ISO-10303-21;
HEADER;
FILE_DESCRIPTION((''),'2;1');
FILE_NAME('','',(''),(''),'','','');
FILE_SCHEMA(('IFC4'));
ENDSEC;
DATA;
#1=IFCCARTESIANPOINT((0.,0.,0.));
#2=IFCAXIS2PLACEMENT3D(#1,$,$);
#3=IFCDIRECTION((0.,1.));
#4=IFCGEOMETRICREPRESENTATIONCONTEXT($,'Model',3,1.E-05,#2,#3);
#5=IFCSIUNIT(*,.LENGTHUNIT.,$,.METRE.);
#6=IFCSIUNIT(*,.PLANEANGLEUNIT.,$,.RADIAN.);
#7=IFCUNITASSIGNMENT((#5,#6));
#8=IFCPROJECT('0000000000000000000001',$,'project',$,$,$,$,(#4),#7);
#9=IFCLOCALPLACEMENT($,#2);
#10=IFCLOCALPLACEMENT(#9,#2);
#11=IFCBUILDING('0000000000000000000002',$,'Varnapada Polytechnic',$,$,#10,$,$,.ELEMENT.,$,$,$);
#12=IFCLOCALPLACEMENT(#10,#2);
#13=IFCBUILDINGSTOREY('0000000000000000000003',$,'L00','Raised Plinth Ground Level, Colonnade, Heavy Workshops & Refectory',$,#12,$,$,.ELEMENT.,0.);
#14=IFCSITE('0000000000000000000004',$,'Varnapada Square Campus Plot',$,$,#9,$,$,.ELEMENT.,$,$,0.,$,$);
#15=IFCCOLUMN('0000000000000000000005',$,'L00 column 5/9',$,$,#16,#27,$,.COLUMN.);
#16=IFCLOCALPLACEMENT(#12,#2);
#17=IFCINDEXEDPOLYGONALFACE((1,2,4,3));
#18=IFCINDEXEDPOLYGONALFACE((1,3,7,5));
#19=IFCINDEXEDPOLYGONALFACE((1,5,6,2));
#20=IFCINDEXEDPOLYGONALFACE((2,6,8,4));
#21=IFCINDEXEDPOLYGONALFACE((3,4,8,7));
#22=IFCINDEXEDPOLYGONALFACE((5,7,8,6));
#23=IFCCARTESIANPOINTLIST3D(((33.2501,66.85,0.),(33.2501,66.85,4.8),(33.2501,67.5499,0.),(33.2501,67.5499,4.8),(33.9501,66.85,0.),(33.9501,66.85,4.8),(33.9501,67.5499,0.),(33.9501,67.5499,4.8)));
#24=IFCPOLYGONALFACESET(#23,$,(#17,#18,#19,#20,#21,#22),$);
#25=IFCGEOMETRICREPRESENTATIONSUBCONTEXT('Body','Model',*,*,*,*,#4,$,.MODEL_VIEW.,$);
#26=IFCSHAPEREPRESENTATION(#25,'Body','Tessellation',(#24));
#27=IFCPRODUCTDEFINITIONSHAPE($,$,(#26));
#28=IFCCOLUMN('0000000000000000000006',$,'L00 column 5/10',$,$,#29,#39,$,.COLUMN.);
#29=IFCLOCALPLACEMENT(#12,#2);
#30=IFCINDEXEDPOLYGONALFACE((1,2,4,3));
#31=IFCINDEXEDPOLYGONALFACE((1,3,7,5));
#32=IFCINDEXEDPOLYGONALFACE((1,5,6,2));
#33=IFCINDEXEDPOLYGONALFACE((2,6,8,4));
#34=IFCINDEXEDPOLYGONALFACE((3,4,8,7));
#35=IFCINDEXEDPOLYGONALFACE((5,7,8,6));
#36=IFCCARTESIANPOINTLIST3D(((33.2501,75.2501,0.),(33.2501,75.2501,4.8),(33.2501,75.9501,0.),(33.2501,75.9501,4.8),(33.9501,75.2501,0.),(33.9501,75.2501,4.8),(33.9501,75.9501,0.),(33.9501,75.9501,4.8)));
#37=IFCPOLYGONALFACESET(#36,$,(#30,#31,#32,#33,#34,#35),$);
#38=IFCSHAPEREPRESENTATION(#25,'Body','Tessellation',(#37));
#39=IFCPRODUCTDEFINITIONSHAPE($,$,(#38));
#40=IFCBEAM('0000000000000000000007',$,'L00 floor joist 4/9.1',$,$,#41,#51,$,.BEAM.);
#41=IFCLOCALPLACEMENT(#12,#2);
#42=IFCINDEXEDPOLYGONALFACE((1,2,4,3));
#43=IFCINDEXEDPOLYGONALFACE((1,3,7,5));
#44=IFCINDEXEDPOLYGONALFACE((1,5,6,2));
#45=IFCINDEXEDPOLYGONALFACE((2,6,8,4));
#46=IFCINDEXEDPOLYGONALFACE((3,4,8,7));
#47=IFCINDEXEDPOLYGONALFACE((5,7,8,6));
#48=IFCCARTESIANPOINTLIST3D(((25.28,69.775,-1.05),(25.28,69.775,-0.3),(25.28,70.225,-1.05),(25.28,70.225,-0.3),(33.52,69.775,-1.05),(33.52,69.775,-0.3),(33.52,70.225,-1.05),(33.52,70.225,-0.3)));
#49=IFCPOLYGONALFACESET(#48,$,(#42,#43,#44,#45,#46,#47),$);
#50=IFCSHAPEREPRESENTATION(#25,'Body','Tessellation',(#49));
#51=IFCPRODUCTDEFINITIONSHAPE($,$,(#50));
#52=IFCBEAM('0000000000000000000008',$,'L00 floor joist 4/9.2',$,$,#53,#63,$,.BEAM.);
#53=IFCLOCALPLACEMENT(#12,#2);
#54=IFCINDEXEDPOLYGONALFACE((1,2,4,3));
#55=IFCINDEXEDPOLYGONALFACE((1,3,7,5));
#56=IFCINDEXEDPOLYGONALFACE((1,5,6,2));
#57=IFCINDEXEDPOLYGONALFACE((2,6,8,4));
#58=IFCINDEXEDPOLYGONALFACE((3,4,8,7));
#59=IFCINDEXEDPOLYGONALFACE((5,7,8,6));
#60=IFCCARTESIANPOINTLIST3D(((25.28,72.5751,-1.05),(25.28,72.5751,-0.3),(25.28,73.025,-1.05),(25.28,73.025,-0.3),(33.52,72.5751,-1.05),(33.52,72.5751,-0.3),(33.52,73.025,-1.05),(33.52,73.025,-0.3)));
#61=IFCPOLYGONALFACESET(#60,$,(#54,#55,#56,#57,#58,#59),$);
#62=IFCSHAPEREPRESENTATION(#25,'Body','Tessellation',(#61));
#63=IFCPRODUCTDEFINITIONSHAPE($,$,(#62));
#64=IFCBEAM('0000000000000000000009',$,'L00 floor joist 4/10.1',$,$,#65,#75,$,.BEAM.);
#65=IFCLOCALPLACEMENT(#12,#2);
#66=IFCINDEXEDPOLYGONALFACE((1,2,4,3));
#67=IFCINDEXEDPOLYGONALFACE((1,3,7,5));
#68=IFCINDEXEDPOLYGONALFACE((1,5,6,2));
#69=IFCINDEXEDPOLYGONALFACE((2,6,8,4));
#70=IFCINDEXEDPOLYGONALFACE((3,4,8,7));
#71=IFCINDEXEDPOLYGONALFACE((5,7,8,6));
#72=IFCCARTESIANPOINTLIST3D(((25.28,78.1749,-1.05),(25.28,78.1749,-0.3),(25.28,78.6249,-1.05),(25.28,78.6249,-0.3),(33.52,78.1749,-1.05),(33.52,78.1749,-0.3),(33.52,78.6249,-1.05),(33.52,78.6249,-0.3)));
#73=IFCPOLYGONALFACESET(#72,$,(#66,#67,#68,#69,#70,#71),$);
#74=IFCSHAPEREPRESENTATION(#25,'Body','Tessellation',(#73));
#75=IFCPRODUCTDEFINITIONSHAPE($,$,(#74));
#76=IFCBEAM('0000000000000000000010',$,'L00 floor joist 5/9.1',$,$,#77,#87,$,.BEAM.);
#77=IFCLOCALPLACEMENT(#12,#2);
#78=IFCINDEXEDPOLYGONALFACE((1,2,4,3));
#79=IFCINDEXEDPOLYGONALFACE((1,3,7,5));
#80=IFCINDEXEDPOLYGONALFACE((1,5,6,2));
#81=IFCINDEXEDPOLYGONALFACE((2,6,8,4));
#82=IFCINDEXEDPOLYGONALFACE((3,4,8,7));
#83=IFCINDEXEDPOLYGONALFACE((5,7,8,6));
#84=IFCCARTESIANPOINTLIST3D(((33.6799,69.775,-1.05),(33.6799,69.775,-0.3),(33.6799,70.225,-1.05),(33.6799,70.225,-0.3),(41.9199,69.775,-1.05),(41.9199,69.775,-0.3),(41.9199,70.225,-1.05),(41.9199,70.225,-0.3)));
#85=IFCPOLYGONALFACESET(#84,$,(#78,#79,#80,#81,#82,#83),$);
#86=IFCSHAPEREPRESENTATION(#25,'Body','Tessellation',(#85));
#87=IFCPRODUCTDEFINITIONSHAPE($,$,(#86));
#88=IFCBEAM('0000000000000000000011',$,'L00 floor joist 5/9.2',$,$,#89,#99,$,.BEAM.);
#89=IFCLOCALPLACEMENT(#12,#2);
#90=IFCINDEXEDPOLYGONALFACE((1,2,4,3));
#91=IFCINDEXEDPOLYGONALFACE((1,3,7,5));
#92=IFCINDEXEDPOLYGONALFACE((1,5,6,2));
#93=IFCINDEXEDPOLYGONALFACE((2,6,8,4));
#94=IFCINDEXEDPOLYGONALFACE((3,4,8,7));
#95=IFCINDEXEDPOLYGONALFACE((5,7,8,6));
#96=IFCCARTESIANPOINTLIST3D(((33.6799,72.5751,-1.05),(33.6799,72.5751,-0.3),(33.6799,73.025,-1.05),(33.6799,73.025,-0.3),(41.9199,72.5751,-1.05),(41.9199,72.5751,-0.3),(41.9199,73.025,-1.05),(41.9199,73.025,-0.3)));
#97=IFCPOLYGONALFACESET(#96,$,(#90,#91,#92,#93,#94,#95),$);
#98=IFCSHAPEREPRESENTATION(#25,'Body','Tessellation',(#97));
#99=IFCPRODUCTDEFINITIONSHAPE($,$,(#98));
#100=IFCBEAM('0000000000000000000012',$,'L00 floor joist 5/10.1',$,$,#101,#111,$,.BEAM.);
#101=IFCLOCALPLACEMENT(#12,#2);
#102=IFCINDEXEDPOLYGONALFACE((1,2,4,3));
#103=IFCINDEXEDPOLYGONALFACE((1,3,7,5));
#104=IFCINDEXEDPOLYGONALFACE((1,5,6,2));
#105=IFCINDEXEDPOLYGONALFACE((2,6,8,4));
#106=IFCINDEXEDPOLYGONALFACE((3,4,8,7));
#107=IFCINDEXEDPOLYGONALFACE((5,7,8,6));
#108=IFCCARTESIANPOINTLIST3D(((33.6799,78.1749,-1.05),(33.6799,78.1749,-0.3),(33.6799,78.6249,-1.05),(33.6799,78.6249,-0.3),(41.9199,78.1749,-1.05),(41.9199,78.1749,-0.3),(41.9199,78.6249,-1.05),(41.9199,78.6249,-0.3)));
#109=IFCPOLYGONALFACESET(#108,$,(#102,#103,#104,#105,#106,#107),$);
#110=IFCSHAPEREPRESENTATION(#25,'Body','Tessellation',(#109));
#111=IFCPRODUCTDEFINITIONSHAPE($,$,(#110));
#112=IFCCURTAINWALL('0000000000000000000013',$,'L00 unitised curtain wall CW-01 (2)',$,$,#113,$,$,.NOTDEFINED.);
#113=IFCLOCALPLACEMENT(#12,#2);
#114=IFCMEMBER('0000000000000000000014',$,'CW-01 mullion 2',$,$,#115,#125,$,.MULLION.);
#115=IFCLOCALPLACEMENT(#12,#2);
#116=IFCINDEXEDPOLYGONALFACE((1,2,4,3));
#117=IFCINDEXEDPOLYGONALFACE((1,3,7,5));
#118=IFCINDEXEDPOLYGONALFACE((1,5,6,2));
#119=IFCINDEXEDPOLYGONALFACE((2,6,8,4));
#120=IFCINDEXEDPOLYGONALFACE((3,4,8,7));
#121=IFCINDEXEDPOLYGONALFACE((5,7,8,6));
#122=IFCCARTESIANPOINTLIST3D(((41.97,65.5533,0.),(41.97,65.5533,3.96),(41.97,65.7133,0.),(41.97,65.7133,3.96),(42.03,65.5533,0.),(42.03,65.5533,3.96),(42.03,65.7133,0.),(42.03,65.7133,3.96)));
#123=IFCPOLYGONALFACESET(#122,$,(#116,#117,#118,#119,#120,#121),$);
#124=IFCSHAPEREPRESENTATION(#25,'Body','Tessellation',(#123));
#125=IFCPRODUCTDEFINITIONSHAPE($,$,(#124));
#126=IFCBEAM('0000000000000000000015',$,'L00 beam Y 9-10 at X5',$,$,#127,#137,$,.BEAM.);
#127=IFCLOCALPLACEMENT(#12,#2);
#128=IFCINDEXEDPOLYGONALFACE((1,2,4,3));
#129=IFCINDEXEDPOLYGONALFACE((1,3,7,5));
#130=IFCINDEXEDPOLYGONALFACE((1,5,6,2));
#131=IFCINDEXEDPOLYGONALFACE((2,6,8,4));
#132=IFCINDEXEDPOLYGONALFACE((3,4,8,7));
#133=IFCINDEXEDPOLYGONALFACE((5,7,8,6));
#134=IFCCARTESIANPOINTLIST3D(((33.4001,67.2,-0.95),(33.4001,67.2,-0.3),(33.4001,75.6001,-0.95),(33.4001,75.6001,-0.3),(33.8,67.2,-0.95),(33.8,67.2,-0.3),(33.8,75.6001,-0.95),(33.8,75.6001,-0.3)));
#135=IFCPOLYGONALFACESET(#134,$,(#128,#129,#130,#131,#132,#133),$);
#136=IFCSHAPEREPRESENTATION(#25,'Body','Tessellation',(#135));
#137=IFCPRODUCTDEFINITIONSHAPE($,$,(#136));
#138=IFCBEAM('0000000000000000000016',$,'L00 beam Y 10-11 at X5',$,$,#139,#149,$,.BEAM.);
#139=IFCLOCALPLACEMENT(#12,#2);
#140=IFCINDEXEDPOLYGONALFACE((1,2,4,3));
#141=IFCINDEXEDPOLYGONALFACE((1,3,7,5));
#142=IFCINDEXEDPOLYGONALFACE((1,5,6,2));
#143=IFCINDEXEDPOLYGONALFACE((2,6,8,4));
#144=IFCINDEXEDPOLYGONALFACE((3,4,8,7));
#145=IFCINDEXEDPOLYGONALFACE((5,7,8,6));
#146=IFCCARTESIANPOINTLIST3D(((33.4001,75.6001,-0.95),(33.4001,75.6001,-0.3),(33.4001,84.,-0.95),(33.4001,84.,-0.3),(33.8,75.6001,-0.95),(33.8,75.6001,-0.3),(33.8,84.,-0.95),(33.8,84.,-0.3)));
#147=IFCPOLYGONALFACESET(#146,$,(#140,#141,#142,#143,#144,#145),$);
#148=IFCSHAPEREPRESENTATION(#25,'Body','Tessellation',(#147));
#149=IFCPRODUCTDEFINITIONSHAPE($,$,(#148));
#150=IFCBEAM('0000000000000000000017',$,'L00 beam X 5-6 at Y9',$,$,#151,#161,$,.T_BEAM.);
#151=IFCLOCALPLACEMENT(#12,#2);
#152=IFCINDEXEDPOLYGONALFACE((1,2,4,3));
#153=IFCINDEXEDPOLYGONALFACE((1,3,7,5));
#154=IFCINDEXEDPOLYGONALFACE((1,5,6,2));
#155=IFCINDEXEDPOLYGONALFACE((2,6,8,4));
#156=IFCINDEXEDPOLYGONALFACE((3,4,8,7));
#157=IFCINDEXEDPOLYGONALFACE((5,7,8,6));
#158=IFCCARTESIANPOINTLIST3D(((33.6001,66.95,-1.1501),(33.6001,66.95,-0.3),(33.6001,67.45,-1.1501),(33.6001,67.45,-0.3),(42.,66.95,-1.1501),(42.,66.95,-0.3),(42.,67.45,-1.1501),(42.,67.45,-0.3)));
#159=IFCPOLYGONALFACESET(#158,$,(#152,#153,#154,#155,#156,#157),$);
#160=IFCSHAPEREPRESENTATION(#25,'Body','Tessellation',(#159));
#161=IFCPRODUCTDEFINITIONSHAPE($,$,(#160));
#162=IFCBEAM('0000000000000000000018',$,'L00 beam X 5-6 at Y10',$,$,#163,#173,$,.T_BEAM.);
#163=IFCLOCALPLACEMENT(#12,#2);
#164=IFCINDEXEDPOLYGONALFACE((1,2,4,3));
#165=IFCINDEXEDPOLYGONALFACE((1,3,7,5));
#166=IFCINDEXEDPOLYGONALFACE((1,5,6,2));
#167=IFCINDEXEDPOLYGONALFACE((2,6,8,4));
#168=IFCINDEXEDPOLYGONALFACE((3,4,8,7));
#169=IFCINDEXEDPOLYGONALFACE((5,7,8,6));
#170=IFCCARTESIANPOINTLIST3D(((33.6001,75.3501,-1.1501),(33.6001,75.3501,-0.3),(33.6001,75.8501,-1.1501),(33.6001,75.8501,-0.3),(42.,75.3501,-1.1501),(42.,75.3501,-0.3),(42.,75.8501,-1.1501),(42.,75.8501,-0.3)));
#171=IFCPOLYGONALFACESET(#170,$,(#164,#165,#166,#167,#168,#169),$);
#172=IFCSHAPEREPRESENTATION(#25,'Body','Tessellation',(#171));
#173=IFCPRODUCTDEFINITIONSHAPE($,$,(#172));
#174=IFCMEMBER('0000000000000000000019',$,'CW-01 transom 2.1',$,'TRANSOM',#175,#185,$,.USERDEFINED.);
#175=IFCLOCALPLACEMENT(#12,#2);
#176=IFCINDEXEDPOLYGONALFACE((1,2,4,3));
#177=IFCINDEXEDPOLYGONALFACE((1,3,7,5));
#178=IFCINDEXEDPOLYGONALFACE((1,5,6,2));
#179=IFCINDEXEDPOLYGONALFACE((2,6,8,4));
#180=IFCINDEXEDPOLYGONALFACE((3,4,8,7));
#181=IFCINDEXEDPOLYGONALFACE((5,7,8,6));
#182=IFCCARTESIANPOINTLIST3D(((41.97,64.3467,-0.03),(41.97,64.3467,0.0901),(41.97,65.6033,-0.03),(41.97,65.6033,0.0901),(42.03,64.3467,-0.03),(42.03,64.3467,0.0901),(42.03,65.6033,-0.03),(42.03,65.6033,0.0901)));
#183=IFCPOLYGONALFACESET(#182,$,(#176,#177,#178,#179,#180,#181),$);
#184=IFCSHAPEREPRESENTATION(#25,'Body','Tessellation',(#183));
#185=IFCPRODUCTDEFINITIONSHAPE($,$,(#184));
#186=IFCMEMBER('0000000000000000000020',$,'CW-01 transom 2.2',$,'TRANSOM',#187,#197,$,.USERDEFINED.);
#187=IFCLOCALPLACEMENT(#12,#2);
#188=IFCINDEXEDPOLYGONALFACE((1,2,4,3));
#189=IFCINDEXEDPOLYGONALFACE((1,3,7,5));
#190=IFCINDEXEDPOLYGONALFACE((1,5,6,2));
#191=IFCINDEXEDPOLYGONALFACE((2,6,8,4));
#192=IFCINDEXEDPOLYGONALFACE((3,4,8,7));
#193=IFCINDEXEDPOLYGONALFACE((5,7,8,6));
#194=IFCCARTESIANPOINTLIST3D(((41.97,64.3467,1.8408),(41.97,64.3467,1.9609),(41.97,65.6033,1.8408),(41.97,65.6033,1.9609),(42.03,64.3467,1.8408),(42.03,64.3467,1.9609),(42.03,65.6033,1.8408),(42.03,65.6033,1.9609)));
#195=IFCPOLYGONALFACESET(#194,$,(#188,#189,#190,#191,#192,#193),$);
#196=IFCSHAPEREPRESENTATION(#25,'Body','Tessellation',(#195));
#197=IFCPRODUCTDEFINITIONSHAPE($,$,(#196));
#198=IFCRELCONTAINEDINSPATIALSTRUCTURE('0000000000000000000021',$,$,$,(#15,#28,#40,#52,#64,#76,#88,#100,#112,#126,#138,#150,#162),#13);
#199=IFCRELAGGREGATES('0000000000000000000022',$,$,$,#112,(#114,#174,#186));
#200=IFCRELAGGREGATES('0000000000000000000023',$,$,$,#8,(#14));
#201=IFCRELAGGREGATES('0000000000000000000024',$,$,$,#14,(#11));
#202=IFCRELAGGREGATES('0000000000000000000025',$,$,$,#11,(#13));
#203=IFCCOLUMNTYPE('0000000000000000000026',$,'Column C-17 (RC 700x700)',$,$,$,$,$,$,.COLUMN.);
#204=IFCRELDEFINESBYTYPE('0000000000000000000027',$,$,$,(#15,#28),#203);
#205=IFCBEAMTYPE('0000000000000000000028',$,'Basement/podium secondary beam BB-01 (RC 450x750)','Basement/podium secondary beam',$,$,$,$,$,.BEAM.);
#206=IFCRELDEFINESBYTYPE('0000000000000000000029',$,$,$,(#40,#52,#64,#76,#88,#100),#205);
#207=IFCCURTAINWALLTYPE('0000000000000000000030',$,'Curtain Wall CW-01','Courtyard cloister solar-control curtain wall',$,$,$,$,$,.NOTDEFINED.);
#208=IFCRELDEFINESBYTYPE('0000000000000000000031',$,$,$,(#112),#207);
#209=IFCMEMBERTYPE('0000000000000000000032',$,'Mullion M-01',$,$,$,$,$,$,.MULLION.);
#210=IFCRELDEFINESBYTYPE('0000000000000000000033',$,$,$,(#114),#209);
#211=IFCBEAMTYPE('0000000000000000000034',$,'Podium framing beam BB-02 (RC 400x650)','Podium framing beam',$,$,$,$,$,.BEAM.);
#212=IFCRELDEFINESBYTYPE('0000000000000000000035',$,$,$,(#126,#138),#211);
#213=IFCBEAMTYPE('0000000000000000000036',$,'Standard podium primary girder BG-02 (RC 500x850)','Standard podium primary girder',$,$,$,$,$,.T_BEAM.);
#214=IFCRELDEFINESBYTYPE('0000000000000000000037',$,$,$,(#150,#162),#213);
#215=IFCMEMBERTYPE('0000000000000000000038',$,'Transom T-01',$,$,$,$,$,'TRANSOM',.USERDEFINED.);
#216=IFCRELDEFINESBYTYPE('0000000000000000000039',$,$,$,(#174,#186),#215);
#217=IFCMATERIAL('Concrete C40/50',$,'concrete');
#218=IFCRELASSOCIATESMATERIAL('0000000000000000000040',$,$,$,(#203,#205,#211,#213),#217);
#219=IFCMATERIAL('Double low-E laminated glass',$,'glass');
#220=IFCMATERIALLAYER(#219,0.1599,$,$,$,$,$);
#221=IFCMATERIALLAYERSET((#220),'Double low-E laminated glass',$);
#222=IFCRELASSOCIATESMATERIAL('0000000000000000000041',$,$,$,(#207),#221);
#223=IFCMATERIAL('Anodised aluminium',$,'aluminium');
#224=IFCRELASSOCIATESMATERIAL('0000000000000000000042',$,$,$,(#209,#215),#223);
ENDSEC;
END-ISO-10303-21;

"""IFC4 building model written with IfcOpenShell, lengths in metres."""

from ifc_helpers import new_model, si_unit, direction, frame, origin, origin_2d, place, context, subcontext, project, spatial, rectangle, extrude, material, layer, layer_set, material_profile, profile_set, type_object, element, aggregate, save


model = new_model("IFC4")

# Units and contexts
model_context = context("Model", 3, precision=1e-05, world=origin(), true_north=direction((0.0, 1.0)))
body_context = subcontext(model_context, "Body", "Model", "MODEL_VIEW")
ifc_project = project(units=[si_unit("LENGTHUNIT", "METRE"), si_unit("PLANEANGLEUNIT", "RADIAN")], contexts=[model_context])

# Site, building, storey
site_placement = place(None, origin())
site = spatial("IfcSite", under=ifc_project, at=site_placement, Name="Varnapada Square Campus Plot", CompositionType="ELEMENT", RefElevation=0.0)
building_placement = place(site_placement, origin())
building = spatial("IfcBuilding", under=site, at=building_placement, Name="Varnapada Polytechnic", CompositionType="ELEMENT")
storey_placement = place(building_placement, origin())
storey = spatial("IfcBuildingStorey", under=building, at=storey_placement, Name="L00", Description="Raised Plinth Ground Level, Colonnade, Heavy Workshops & Refectory", CompositionType="ELEMENT", Elevation=0.0)

# Columns
ifc_material_1 = material(Name="Concrete C40/50", Category="concrete")
ifc_material_profile_1 = material_profile(ifc_material_1, rectangle(XDim=0.7, YDim=0.7, at=origin_2d()), Name="RC 700x700")
ifc_profile_set_1 = profile_set([ifc_material_profile_1], Name="Concrete C40/50")
column_type = type_object("IfcColumnType", Name="Column C-17 (RC 700x700)", PredefinedType="COLUMN", material=ifc_profile_set_1)
for number, where, z_axis, x_axis, name in (
    (1, (33.6001, 67.2, 0.0), (0.0, 0.0, 1.0), (1.0, 0.0, 0.0), "L00 column 5/9"),
    (2, (33.6001, 75.6001, 0.0), (0.0, 0.0, 1.0), (1.0, 0.0, 0.0), "L00 column 5/10"),
):
    element("IfcColumn", number, at=place(storey_placement, frame(where, z_axis=z_axis, x_axis=x_axis)), inside=storey, type_object=column_type, Name=name, PredefinedType="COLUMN", context=body_context, shape_type="SweptSolid", body=[
        extrude(rectangle(XDim=0.7, YDim=0.7, at=origin_2d()), origin(), (0.0, 0.0, 1.0), 4.8),
    ])

# Beams
ifc_material_profile_2 = material_profile(ifc_material_1, rectangle(XDim=0.45, YDim=0.75, at=origin_2d()), Name="RC 450x750")
ifc_profile_set_2 = profile_set([ifc_material_profile_2], Name="Concrete C40/50")
beam_type_1 = type_object("IfcBeamType", Name="Basement/podium secondary beam BB-01 (RC 450x750)", Description="Basement/podium secondary beam", PredefinedType="BEAM", material=ifc_profile_set_2)
for number, where, z_axis, x_axis, name in (
    (3, (25.28, 70.0, -0.675), (1.0, 0.0, 0.0), (0.0, 1.0, 0.0), "L00 floor joist 4/9.1"),
    (4, (25.28, 72.8, -0.675), (1.0, 0.0, 0.0), (0.0, 1.0, 0.0), "L00 floor joist 4/9.2"),
    (5, (25.28, 78.3999, -0.675), (1.0, 0.0, 0.0), (0.0, 1.0, 0.0), "L00 floor joist 4/10.1"),
    (6, (33.6799, 70.0, -0.675), (1.0, 0.0, 0.0), (0.0, 1.0, 0.0), "L00 floor joist 5/9.1"),
    (7, (33.6799, 72.8, -0.675), (1.0, 0.0, 0.0), (0.0, 1.0, 0.0), "L00 floor joist 5/9.2"),
    (8, (33.6799, 78.3999, -0.675), (1.0, 0.0, 0.0), (0.0, 1.0, 0.0), "L00 floor joist 5/10.1"),
):
    element("IfcBeam", number, at=place(storey_placement, frame(where, z_axis=z_axis, x_axis=x_axis)), inside=storey, type_object=beam_type_1, Name=name, PredefinedType="BEAM", context=body_context, shape_type="SweptSolid", body=[
        extrude(rectangle(XDim=0.45, YDim=0.75, at=origin_2d()), origin(), (0.0, 0.0, 1.0), 8.24),
    ])

# Curtain wall, member
ifc_material_2 = material(Name="Double low-E laminated glass", Category="glass")
ifc_layer_1 = layer(ifc_material_2, 0.1599)
ifc_layer_set_1 = layer_set([ifc_layer_1], Name="Double low-E laminated glass")
curtain_wall_type = type_object("IfcCurtainWallType", Name="Curtain Wall CW-01", Description="Courtyard cloister solar-control curtain wall", PredefinedType="NOTDEFINED", material=ifc_layer_set_1)
curtain_wall_placement = place(storey_placement, origin())
curtain_wall = element("IfcCurtainWall", 9, at=curtain_wall_placement, inside=storey, type_object=curtain_wall_type, Name="L00 unitised curtain wall CW-01 (2)", PredefinedType="NOTDEFINED")
ifc_material_3 = material(Name="Anodised aluminium", Category="aluminium")
ifc_material_profile_3 = material_profile(ifc_material_3, rectangle(XDim=0.0601, YDim=0.1599, at=origin_2d()), Name="ALU M60x160")
ifc_profile_set_3 = profile_set([ifc_material_profile_3], Name="Anodised aluminium")
member_type_1 = type_object("IfcMemberType", Name="Mullion M-01", PredefinedType="MULLION", material=ifc_profile_set_3)
member_1_placement = place(storey_placement, frame((42.0, 65.6333, 0.0), z_axis=(0.0, 0.0, 1.0), x_axis=(1.0, 0.0, 0.0)))
member_1 = element("IfcMember", 10, at=member_1_placement, type_object=member_type_1, Name="CW-01 mullion 2", PredefinedType="MULLION", context=body_context, shape_type="SweptSolid", body=[
    extrude(rectangle(XDim=0.0601, YDim=0.1599, at=origin_2d()), origin(), (0.0, 0.0, 1.0), 3.96),
])

# Beams
ifc_material_profile_4 = material_profile(ifc_material_1, rectangle(XDim=0.3999, YDim=0.6499, at=origin_2d()), Name="RC 400x650")
ifc_profile_set_4 = profile_set([ifc_material_profile_4], Name="Concrete C40/50")
beam_type_2 = type_object("IfcBeamType", Name="Podium framing beam BB-02 (RC 400x650)", Description="Podium framing beam", PredefinedType="BEAM", material=ifc_profile_set_4)
beam_1_placement = place(storey_placement, frame((33.6001, 67.2, -0.625), z_axis=(0.0, 1.0, 0.0), x_axis=(-1.0, 0.0, 0.0)))
element("IfcBeam", 11, at=beam_1_placement, inside=storey, type_object=beam_type_2, Name="L00 beam Y 9-10 at X5", PredefinedType="BEAM", context=body_context, shape_type="SweptSolid", body=[
    extrude(rectangle(XDim=0.3999, YDim=0.6499, at=origin_2d()), origin(), (0.0, 0.0, 1.0), 8.4001),
])
beam_2_placement = place(storey_placement, frame((33.6001, 75.6001, -0.625), z_axis=(0.0, 1.0, 0.0), x_axis=(-1.0, 0.0, 0.0)))
element("IfcBeam", 12, at=beam_2_placement, inside=storey, type_object=beam_type_2, Name="L00 beam Y 10-11 at X5", PredefinedType="BEAM", context=body_context, shape_type="SweptSolid", body=[
    extrude(rectangle(XDim=0.3999, YDim=0.6499, at=origin_2d()), origin(), (0.0, 0.0, 1.0), 8.3999),
])
ifc_material_profile_5 = material_profile(ifc_material_1, rectangle(XDim=0.5, YDim=0.8501, at=origin_2d()), Name="RC 500x850")
ifc_profile_set_5 = profile_set([ifc_material_profile_5], Name="Concrete C40/50")
beam_type_3 = type_object("IfcBeamType", Name="Standard podium primary girder BG-02 (RC 500x850)", Description="Standard podium primary girder", PredefinedType="T_BEAM", material=ifc_profile_set_5)
for number, where, z_axis, x_axis, name in (
    (13, (33.6001, 67.2, -0.7251), (1.0, 0.0, 0.0), (0.0, 1.0, 0.0), "L00 beam X 5-6 at Y9"),
    (14, (33.6001, 75.6001, -0.7251), (1.0, 0.0, 0.0), (0.0, 1.0, 0.0), "L00 beam X 5-6 at Y10"),
):
    element("IfcBeam", number, at=place(storey_placement, frame(where, z_axis=z_axis, x_axis=x_axis)), inside=storey, type_object=beam_type_3, Name=name, PredefinedType="T_BEAM", context=body_context, shape_type="SweptSolid", body=[
        extrude(rectangle(XDim=0.5, YDim=0.8501, at=origin_2d()), origin(), (0.0, 0.0, 1.0), 8.3999),
    ])

# Members
ifc_material_profile_6 = material_profile(ifc_material_3, rectangle(XDim=0.0601, YDim=0.1201, at=origin_2d()), Name="ALU T60x120")
ifc_profile_set_6 = profile_set([ifc_material_profile_6], Name="Anodised aluminium")
member_type_2 = type_object("IfcMemberType", Name="Transom T-01", ElementType="TRANSOM", PredefinedType="USERDEFINED", material=ifc_profile_set_6)
member_2_placement = place(storey_placement, frame((42.0, 65.6033, 0.03), z_axis=(0.0, -1.0, 0.0), x_axis=(1.0, 0.0, 0.0)))
member_2 = element("IfcMember", 15, at=member_2_placement, type_object=member_type_2, Name="CW-01 transom 2.1", ObjectType="TRANSOM", PredefinedType="USERDEFINED", context=body_context, shape_type="SweptSolid", body=[
    extrude(rectangle(XDim=0.0601, YDim=0.1201, at=origin_2d()), origin(), (0.0, 0.0, 1.0), 1.2566),
])
member_3_placement = place(storey_placement, frame((42.0, 65.6033, 1.9009), z_axis=(0.0, -1.0, 0.0), x_axis=(1.0, 0.0, 0.0)))
member_3 = element("IfcMember", 16, at=member_3_placement, type_object=member_type_2, Name="CW-01 transom 2.2", ObjectType="TRANSOM", PredefinedType="USERDEFINED", context=body_context, shape_type="SweptSolid", body=[
    extrude(rectangle(XDim=0.0601, YDim=0.1201, at=origin_2d()), origin(), (0.0, 0.0, 1.0), 1.2566),
])

aggregate(curtain_wall, [member_1, member_2, member_3])

save(model, "model.ifc")
